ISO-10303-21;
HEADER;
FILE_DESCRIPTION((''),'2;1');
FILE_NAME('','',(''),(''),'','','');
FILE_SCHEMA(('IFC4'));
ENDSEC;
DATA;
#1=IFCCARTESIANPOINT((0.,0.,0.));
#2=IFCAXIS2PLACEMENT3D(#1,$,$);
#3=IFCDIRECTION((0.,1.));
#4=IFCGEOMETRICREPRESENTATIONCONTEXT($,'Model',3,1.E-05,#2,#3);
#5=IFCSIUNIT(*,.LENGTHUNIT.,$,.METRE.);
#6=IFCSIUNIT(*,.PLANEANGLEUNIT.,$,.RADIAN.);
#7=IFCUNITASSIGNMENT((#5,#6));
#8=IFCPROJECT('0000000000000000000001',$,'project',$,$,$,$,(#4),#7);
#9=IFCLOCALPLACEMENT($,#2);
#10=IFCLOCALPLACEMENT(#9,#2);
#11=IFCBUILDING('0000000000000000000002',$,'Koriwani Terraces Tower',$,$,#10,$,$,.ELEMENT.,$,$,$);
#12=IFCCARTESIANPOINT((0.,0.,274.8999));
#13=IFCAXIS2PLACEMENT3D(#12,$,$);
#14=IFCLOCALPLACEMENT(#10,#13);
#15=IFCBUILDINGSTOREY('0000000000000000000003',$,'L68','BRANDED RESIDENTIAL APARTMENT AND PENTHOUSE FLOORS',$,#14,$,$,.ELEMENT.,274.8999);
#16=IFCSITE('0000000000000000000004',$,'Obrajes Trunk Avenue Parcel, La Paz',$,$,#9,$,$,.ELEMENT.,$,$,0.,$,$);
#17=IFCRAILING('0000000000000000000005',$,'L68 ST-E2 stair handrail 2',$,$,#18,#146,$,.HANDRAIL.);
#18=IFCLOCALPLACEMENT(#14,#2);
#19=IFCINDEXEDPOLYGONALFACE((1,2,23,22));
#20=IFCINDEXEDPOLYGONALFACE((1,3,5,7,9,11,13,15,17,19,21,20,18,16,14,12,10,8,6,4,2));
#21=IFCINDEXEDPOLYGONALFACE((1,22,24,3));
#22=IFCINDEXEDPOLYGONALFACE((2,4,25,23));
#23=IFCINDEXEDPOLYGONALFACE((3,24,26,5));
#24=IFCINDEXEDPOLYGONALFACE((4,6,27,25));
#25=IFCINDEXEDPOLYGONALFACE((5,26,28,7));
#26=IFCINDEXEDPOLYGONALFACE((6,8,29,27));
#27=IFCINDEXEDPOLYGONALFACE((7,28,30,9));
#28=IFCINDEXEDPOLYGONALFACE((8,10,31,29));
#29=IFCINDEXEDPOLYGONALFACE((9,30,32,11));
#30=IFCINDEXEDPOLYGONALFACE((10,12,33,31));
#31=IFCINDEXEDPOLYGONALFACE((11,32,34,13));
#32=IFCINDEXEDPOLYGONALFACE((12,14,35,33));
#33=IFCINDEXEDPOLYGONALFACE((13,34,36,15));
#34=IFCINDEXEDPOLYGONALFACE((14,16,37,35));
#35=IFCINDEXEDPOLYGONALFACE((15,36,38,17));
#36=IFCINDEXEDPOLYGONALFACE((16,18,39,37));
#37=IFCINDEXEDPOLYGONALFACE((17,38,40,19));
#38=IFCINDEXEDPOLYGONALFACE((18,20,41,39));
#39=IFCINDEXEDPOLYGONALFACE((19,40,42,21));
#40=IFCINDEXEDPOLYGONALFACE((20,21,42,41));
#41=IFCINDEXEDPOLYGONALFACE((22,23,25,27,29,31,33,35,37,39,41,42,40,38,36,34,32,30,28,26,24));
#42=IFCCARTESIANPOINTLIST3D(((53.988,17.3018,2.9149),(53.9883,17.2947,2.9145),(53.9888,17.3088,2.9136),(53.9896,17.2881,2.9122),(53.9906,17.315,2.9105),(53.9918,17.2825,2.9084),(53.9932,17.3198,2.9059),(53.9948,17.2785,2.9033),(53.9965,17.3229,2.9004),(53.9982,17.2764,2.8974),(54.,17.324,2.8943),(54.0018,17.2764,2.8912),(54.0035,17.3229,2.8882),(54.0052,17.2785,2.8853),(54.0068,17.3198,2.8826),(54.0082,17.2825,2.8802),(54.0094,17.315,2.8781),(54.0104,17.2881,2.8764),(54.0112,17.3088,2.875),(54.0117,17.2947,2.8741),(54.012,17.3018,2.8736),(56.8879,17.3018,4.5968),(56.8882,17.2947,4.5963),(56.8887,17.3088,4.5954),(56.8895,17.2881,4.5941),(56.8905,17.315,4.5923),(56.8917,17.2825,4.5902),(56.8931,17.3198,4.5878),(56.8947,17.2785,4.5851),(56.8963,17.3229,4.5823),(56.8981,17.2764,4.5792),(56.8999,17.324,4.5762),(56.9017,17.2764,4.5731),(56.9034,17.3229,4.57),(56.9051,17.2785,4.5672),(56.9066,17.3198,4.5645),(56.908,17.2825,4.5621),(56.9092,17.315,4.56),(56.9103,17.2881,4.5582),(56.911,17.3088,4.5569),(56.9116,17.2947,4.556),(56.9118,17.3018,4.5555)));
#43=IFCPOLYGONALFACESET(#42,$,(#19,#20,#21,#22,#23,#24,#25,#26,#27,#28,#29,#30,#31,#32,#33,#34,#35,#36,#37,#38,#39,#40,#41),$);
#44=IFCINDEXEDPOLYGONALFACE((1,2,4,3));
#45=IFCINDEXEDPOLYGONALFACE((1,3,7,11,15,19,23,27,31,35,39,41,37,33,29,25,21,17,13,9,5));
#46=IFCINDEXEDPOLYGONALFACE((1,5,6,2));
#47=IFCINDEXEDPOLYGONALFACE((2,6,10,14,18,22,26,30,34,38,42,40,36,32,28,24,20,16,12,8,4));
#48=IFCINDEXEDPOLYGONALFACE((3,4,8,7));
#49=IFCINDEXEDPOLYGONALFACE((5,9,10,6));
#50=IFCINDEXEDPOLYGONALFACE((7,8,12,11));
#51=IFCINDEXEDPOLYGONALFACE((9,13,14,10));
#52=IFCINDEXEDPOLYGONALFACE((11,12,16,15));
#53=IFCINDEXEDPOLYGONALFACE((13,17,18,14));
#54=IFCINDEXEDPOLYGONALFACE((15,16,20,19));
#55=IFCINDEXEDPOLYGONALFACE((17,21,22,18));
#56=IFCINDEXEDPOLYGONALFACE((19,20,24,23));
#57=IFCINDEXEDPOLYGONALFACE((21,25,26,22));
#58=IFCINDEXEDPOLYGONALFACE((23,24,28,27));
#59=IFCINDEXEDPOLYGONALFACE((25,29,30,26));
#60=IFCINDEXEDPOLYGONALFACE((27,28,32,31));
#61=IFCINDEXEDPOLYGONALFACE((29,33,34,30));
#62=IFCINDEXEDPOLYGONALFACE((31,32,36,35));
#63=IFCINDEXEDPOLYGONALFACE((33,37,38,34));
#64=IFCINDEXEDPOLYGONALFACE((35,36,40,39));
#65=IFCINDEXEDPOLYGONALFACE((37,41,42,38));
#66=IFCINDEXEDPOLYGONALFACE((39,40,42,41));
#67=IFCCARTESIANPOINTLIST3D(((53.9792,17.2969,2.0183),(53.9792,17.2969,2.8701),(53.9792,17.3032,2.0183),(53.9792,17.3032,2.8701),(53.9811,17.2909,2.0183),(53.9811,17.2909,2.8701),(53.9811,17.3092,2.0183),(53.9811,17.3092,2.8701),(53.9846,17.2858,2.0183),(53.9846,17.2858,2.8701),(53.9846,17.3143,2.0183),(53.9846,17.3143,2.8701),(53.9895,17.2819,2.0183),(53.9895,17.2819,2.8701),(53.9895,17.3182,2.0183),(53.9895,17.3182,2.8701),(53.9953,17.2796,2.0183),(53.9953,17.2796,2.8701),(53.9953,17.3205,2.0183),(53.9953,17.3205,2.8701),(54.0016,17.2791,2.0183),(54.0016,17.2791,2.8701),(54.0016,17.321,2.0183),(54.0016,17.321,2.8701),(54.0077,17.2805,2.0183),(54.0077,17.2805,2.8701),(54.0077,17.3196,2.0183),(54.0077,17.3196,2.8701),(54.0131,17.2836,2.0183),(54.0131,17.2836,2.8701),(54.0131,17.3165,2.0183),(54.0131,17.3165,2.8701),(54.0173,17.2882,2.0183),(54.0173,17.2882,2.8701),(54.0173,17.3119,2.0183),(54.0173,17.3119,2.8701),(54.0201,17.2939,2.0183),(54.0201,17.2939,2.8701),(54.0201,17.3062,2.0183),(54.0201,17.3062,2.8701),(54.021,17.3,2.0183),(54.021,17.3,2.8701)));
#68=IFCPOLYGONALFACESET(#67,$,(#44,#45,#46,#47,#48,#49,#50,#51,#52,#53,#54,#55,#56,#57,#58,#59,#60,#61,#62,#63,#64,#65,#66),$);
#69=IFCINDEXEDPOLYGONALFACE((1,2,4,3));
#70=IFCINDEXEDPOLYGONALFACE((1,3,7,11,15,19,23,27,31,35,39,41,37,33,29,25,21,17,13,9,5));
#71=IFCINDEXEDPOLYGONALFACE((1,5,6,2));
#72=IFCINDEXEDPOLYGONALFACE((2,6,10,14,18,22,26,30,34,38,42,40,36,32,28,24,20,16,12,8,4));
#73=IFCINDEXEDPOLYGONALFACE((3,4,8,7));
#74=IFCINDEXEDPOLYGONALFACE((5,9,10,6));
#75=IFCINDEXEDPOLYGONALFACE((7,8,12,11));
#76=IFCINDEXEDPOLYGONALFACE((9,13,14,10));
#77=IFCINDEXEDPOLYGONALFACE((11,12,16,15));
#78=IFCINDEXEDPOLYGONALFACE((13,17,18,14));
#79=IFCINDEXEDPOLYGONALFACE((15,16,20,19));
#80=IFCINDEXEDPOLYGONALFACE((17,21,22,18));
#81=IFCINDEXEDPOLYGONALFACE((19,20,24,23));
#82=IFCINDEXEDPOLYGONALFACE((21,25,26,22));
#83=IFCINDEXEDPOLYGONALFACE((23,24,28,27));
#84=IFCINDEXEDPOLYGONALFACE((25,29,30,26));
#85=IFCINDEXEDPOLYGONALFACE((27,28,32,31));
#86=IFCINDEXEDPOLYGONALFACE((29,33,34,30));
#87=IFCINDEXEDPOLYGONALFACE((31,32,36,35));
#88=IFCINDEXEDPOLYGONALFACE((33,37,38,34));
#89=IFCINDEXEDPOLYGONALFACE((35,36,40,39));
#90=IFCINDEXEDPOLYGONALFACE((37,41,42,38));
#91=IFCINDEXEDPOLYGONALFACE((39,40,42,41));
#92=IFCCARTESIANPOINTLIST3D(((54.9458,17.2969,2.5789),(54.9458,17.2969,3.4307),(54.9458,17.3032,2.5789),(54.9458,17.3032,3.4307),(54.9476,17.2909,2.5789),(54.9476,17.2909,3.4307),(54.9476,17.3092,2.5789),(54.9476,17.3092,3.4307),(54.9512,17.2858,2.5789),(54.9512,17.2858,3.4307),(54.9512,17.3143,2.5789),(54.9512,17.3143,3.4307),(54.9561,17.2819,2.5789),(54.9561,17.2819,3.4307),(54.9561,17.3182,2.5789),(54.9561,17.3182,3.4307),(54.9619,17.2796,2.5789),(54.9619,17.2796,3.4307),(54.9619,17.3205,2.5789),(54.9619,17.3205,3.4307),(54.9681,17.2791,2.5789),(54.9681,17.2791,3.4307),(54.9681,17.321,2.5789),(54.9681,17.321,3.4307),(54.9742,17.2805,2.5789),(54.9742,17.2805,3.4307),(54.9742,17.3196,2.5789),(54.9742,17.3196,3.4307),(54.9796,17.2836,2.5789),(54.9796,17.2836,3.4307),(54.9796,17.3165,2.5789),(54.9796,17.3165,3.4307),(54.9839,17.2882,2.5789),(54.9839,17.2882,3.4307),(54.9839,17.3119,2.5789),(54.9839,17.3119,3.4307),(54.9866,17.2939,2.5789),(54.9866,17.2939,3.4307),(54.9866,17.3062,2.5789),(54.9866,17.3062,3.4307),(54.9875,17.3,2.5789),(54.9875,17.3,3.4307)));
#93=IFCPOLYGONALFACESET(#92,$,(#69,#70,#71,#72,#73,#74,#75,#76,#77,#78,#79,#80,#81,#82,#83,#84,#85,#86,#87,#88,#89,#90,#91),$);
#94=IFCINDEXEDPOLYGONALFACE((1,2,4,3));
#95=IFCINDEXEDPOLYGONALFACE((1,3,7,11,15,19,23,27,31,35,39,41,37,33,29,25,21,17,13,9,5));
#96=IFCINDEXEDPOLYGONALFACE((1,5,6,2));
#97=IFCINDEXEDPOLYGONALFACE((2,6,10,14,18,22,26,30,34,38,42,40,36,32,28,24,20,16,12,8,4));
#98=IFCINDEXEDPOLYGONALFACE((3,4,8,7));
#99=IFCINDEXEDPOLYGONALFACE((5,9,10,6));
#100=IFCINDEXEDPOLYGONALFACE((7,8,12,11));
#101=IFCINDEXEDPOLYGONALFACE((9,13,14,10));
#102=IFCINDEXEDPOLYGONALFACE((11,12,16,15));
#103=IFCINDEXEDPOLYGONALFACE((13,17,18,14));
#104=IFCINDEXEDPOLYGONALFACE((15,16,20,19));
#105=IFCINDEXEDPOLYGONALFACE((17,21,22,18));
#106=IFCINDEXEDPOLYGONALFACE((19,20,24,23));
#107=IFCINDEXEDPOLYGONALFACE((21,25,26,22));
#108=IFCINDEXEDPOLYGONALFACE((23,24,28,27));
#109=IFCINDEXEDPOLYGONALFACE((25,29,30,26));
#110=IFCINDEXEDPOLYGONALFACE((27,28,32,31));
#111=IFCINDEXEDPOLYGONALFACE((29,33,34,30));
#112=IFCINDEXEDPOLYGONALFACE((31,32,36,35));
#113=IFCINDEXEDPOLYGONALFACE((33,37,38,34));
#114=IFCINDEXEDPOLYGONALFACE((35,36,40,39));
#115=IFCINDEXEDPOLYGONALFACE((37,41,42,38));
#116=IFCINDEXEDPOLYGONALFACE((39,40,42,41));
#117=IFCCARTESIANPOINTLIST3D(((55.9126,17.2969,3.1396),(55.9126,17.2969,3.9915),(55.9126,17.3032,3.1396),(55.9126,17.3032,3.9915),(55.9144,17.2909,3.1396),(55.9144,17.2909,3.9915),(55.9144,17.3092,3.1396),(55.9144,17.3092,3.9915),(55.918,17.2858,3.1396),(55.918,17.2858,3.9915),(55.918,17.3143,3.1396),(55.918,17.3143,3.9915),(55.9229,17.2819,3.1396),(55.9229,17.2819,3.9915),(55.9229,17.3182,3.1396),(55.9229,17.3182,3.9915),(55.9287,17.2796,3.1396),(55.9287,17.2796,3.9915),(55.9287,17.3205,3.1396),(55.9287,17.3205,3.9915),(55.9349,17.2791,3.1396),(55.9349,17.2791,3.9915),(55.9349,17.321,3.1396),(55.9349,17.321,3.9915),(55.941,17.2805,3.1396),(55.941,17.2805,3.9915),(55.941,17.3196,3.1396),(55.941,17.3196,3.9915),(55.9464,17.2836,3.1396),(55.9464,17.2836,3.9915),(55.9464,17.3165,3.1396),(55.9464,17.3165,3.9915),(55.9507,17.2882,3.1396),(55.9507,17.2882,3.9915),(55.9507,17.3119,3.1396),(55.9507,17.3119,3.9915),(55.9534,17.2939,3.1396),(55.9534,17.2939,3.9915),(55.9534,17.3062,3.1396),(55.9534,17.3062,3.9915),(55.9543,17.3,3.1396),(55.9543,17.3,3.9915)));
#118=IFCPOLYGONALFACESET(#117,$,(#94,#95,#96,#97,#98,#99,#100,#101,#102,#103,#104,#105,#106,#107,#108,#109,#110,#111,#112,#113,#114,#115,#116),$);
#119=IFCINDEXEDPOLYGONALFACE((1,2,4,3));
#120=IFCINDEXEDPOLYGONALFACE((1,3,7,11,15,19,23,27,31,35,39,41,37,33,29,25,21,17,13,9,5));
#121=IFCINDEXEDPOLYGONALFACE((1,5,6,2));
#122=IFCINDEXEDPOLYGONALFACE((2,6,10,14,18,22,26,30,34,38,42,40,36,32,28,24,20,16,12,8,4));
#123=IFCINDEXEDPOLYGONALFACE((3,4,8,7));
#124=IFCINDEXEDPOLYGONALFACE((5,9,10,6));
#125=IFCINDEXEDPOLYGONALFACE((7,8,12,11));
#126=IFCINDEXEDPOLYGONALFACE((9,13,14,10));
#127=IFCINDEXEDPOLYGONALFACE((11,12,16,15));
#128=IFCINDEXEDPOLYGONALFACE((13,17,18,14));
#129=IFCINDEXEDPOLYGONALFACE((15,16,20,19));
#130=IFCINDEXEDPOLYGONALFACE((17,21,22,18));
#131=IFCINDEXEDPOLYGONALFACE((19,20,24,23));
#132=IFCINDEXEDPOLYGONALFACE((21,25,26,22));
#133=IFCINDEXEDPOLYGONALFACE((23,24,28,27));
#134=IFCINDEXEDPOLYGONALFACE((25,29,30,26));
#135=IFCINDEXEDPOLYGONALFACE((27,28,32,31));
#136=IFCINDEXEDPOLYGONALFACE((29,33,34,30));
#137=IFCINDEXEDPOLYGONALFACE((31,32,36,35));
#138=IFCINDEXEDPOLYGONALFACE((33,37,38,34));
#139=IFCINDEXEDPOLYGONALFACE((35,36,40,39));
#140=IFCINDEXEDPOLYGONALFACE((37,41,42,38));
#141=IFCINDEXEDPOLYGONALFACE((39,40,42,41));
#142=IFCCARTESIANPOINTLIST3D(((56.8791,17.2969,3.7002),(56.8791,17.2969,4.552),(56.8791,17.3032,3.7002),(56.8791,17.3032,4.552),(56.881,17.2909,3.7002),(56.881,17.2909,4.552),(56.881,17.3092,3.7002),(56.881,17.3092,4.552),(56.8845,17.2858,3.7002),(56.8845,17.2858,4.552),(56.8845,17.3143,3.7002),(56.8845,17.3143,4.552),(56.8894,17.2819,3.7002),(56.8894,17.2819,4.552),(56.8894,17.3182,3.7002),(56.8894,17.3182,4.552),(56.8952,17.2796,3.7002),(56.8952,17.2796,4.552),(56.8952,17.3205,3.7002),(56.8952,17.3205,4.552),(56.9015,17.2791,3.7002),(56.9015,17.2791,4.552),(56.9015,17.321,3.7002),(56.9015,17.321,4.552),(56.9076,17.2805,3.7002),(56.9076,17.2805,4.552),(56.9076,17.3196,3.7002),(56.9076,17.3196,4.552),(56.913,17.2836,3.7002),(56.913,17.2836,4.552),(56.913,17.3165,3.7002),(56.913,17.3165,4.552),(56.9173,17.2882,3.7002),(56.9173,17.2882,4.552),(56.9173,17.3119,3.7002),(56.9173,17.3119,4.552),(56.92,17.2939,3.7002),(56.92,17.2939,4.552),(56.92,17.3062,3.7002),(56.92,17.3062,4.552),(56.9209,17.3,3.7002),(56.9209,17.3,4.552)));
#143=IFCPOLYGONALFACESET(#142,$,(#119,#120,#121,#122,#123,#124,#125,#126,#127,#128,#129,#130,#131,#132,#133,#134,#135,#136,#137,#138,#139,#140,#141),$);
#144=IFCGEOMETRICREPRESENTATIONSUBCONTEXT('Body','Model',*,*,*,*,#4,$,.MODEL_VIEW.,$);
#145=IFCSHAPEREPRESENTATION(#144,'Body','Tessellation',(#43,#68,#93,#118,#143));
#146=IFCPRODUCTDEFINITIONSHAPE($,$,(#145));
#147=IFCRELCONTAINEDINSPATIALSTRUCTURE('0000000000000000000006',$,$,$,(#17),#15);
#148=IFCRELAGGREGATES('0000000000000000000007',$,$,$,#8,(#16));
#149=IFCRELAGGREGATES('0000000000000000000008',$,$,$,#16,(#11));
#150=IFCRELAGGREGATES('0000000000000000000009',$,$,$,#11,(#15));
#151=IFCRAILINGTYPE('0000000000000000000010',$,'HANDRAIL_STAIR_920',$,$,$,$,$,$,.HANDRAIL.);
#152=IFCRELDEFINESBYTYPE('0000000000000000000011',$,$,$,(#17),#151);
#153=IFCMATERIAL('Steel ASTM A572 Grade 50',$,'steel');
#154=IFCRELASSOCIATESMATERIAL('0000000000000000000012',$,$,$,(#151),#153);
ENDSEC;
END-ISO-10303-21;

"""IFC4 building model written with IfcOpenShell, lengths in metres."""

from ifc_helpers import new_model, si_unit, direction, frame, origin, origin_2d, place, context, subcontext, project, spatial, circle, extrude, material, type_object, element, save


model = new_model("IFC4")

# Units and contexts
model_context = context("Model", 3, precision=1e-05, world=origin(), true_north=direction((0.0, 1.0)))
body_context = subcontext(model_context, "Body", "Model", "MODEL_VIEW")
ifc_project = project(units=[si_unit("LENGTHUNIT", "METRE"), si_unit("PLANEANGLEUNIT", "RADIAN")], contexts=[model_context])

# Site, building, storey
site_placement = place(None, origin())
site = spatial("IfcSite", under=ifc_project, at=site_placement, Name="Obrajes Trunk Avenue Parcel, La Paz", CompositionType="ELEMENT", RefElevation=0.0)
building_placement = place(site_placement, origin())
building = spatial("IfcBuilding", under=site, at=building_placement, Name="Koriwani Terraces Tower", CompositionType="ELEMENT")
storey_placement = place(building_placement, frame((0.0, 0.0, 274.8999)))
storey = spatial("IfcBuildingStorey", under=building, at=storey_placement, Name="L68", Description="BRANDED RESIDENTIAL APARTMENT AND PENTHOUSE FLOORS", CompositionType="ELEMENT", Elevation=274.8999)

# Shared definitions
ifc_material_1 = material(Name="Steel ASTM A572 Grade 50", Category="steel")

# Railing
railing_type_1 = type_object("IfcRailingType", Name="HANDRAIL_STAIR_920", PredefinedType="HANDRAIL", material=ifc_material_1)
railing_1_placement = place(storey_placement, frame((54.0, 17.3, 2.0183)))
element("IfcRailing", 1, at=railing_1_placement, inside=storey, type_object=railing_type_1, Name="L68 ST-E2 stair handrail 2", PredefinedType="HANDRAIL", context=body_context, shape_type="SweptSolid", body=[
    extrude(circle(Radius=0.0239, at=origin_2d()), frame((0.0, 0.0, 0.876), z_axis=(0.865039, 0.0, 0.501705), x_axis=(0.0, 1.0, 0.0)), (0.0, 0.0, 1.0), 3.3523),
    extrude(circle(Radius=0.021, at=origin_2d()), origin(), (0.0, 0.0, 1.0), 0.8518),
    extrude(circle(Radius=0.021, at=origin_2d()), frame((0.9666, 0.0, 0.5605)), (0.0, 0.0, 1.0), 0.8518),
    extrude(circle(Radius=0.021, at=origin_2d()), frame((1.9333, 0.0, 1.1213)), (0.0, 0.0, 1.0), 0.8518),
    extrude(circle(Radius=0.021, at=origin_2d()), frame((2.8999, 0.0, 1.6819)), (0.0, 0.0, 1.0), 0.8518),
])

save(model, "model.ifc")
